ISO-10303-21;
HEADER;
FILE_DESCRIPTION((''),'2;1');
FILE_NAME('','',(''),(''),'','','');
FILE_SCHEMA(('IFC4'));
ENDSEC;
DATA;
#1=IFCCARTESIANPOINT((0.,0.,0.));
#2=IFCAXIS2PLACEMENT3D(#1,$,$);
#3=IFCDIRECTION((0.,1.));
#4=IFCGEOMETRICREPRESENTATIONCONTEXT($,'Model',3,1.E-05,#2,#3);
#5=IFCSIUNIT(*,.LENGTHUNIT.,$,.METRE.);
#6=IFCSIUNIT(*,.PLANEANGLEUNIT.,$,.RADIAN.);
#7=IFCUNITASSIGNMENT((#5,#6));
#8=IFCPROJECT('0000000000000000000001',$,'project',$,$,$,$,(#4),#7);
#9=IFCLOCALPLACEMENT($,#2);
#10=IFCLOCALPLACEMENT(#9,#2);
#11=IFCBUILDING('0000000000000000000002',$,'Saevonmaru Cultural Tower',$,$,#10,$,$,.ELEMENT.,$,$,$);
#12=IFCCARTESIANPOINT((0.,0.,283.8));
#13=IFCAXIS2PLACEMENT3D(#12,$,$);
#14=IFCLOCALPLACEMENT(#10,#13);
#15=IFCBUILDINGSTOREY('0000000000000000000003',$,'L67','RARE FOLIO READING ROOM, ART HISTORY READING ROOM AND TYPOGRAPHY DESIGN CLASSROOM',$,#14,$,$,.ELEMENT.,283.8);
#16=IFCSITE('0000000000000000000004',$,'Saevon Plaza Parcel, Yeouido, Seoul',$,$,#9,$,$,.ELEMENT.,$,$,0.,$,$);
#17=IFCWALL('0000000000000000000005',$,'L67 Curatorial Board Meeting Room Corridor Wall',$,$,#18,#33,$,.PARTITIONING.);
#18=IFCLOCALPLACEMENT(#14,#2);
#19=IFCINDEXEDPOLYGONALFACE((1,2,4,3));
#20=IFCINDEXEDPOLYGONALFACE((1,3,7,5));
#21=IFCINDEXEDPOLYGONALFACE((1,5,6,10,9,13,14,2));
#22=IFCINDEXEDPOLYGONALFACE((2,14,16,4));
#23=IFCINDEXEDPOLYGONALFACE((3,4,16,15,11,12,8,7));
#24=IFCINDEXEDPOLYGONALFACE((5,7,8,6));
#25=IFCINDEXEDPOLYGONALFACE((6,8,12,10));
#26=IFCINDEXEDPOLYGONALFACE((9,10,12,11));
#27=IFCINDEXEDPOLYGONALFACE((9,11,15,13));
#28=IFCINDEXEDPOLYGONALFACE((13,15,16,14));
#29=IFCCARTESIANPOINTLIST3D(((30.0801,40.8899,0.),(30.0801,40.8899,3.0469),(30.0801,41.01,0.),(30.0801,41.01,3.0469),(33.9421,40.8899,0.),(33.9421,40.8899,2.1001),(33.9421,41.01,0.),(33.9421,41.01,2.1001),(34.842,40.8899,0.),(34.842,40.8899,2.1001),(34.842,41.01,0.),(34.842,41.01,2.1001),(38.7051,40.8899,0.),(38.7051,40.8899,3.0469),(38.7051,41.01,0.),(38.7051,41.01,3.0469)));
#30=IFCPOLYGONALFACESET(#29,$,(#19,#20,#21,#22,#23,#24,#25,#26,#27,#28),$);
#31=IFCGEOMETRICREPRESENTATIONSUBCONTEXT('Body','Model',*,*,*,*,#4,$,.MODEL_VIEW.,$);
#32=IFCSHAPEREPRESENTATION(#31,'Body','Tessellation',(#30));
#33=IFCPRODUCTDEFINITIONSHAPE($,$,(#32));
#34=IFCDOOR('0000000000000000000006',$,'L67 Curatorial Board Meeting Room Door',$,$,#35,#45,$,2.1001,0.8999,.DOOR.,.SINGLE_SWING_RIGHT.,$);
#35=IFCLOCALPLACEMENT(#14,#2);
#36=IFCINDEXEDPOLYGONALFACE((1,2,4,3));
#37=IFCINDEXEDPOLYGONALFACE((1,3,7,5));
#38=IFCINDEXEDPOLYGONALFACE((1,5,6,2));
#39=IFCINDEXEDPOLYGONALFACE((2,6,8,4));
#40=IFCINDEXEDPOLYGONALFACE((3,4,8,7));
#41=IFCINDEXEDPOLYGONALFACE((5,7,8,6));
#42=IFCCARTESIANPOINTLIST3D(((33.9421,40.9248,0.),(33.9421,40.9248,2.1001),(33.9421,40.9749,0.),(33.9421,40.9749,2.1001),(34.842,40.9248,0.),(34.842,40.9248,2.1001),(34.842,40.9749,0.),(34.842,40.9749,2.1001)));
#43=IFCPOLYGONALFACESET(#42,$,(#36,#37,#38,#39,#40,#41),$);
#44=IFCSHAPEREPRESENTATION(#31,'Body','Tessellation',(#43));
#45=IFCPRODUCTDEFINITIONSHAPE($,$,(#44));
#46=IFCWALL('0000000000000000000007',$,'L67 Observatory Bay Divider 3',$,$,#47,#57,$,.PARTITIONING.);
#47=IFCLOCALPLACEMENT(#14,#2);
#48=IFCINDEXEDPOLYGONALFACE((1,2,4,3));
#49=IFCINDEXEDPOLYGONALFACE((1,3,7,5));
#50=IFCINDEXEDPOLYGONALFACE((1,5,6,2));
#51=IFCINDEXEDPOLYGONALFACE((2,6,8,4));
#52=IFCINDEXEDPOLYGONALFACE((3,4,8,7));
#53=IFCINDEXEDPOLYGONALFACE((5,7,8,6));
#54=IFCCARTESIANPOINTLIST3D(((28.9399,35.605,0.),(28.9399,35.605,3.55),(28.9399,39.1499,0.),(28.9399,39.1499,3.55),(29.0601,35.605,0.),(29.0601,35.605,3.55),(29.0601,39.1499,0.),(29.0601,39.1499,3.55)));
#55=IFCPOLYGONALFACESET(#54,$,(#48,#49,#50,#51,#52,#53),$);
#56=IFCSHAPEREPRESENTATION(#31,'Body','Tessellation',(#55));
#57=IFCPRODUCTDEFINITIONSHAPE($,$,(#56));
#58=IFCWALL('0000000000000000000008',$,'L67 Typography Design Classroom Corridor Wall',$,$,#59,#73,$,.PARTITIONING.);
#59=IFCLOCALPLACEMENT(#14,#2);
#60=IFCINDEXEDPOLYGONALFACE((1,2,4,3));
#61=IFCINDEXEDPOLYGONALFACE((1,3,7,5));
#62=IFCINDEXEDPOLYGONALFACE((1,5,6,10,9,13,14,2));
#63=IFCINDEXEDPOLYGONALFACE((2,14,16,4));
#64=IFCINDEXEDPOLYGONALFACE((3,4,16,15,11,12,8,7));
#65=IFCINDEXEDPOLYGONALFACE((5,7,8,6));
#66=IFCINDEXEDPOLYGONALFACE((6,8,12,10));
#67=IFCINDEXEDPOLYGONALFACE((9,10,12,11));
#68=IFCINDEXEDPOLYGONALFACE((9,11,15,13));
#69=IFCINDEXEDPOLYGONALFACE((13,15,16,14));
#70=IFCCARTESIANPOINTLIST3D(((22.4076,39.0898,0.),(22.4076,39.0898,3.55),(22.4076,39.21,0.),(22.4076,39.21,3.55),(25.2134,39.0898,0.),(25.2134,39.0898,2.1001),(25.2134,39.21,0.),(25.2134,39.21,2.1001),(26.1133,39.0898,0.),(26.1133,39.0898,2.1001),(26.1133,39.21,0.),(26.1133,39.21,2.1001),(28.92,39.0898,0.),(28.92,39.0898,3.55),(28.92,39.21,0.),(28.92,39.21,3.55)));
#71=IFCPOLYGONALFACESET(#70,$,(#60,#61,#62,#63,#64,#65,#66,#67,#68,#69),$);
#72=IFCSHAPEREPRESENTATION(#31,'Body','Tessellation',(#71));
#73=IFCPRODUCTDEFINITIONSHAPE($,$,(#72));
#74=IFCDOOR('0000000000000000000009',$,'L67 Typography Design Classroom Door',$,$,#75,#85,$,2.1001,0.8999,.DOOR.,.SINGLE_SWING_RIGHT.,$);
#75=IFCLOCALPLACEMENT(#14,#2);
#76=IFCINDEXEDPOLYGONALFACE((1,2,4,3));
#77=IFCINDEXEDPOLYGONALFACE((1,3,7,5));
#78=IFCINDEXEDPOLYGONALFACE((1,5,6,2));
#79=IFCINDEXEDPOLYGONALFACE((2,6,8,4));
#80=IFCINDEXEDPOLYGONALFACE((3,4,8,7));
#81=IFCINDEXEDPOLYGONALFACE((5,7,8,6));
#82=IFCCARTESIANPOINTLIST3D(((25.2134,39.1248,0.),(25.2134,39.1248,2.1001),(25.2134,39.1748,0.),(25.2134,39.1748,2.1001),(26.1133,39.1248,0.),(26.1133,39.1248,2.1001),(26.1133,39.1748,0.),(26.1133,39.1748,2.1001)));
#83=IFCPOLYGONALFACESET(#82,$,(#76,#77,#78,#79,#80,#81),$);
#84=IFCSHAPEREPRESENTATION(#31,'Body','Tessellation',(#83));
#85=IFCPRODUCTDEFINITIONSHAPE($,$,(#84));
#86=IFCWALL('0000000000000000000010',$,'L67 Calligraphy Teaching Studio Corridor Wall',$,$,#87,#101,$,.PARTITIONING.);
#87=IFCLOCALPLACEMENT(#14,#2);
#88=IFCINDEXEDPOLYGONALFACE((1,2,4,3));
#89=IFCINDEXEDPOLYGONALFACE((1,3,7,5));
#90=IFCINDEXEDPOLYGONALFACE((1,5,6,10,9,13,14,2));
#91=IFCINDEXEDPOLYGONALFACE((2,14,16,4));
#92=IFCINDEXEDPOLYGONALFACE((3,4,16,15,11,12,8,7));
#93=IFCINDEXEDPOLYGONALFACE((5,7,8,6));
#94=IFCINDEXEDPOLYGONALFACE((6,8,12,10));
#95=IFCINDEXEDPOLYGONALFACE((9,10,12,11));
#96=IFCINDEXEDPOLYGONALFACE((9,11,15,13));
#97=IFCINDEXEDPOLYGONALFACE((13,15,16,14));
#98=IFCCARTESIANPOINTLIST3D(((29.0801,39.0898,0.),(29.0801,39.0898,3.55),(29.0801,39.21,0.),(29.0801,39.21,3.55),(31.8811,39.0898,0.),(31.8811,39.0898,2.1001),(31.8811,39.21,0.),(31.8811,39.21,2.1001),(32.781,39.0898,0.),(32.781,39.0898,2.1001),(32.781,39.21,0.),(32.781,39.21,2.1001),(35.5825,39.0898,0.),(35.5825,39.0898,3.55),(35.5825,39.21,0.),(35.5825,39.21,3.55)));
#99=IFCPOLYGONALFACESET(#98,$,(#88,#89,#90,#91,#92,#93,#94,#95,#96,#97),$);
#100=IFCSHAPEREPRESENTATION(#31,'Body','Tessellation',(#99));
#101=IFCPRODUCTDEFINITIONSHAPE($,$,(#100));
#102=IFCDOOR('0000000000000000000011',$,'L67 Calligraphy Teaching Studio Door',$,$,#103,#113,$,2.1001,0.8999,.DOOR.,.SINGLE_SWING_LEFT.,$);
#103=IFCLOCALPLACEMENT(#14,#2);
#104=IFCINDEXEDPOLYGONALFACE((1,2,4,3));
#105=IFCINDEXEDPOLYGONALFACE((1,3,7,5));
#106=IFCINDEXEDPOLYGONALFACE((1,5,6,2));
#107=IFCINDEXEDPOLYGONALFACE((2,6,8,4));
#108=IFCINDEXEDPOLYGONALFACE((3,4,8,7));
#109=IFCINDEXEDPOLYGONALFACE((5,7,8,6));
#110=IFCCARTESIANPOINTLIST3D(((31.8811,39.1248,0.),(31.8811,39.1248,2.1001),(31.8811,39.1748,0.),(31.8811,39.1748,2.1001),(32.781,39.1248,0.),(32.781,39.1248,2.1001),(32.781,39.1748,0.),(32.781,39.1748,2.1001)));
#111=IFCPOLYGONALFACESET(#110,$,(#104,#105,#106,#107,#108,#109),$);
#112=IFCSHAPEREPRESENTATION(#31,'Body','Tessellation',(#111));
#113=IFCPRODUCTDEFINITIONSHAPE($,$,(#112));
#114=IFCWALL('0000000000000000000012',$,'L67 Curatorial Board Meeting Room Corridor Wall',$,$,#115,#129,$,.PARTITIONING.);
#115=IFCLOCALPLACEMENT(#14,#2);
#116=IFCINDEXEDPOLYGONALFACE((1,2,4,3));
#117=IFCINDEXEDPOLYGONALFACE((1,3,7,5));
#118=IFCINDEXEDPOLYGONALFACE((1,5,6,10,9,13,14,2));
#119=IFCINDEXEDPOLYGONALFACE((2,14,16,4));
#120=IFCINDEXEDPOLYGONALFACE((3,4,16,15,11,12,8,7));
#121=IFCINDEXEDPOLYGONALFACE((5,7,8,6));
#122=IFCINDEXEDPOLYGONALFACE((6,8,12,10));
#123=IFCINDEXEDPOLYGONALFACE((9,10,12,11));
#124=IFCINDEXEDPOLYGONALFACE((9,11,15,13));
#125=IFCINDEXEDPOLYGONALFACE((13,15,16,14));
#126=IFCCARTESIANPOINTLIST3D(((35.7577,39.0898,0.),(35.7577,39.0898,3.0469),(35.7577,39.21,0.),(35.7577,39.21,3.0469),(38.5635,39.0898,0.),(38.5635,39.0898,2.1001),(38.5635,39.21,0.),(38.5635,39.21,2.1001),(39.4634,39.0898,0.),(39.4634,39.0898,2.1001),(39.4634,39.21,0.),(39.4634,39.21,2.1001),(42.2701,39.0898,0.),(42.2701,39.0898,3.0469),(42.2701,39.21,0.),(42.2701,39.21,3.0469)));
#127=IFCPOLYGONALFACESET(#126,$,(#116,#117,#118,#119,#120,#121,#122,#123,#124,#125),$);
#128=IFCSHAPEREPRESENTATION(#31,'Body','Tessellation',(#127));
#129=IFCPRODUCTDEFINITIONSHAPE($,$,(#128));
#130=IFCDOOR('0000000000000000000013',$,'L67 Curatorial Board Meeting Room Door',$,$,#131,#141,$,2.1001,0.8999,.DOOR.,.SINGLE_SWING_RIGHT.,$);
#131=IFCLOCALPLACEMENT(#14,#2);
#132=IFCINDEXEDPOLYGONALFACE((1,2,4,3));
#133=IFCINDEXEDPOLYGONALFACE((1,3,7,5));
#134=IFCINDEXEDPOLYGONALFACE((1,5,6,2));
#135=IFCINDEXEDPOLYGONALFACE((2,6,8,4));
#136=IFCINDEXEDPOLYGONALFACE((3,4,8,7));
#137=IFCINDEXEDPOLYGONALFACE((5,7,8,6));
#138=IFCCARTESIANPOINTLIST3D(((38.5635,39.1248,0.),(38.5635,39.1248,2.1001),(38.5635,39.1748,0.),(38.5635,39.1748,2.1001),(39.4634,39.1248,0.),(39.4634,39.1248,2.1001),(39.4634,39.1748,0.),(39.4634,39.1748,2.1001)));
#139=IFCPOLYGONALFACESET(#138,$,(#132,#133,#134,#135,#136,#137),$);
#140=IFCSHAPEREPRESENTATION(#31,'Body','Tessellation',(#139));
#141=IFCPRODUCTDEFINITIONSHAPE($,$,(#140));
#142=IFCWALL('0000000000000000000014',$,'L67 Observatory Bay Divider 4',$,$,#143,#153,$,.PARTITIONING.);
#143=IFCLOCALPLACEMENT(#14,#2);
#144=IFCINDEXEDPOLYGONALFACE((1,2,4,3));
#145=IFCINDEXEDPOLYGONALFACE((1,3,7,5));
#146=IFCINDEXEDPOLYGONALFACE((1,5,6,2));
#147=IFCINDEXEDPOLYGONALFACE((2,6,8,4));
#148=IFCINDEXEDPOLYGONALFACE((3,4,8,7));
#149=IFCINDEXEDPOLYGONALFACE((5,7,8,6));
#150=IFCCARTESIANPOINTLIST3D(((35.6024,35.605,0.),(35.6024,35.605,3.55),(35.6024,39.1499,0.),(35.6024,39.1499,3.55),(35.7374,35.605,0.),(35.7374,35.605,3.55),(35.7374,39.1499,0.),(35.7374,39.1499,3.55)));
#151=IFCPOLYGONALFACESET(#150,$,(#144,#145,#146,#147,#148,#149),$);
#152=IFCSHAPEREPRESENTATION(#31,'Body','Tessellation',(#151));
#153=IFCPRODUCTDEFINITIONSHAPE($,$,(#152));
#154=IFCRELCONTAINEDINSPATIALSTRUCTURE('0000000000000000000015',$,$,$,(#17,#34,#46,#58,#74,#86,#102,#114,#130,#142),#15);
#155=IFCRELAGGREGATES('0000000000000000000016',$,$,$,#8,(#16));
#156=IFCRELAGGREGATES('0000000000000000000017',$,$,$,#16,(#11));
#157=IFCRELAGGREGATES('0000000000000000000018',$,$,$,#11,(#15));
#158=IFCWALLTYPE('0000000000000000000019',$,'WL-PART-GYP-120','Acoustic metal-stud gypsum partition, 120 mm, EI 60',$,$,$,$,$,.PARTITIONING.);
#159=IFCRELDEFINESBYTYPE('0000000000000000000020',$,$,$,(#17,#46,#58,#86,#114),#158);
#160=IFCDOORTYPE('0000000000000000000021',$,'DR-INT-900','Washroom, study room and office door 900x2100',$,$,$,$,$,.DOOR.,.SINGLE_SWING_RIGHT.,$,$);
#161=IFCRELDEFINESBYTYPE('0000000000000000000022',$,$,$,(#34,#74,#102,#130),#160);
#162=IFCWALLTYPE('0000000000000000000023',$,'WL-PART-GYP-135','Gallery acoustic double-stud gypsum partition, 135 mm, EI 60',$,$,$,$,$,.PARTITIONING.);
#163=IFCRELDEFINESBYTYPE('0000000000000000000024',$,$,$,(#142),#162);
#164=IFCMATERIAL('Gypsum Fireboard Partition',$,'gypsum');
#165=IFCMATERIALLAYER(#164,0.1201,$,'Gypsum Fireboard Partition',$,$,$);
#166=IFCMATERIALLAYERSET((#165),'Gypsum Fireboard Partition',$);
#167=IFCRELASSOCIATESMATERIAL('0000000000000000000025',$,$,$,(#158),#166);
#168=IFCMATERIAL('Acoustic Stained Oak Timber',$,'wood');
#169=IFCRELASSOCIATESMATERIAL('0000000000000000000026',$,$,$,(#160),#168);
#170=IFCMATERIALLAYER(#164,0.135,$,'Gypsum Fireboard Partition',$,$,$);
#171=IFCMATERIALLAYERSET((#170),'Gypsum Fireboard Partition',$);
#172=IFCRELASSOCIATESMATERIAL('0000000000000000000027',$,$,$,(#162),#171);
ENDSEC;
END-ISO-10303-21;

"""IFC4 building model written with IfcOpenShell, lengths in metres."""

from ifc_helpers import new_model, si_unit, direction, frame, frame_2d, origin, place, context, subcontext, project, spatial, rectangle, extrude, material, layer, layer_set, type_object, element, fill, save


model = new_model("IFC4")

# Units and contexts
model_context = context("Model", 3, precision=1e-05, world=origin(), true_north=direction((0.0, 1.0)))
body_context = subcontext(model_context, "Body", "Model", "MODEL_VIEW")
ifc_project = project(units=[si_unit("LENGTHUNIT", "METRE"), si_unit("PLANEANGLEUNIT", "RADIAN")], contexts=[model_context])

# Site, building, storey
site_placement = place(None, origin())
site = spatial("IfcSite", under=ifc_project, at=site_placement, Name="Saevon Plaza Parcel, Yeouido, Seoul", CompositionType="ELEMENT", RefElevation=0.0)
building_placement = place(site_placement, origin())
building = spatial("IfcBuilding", under=site, at=building_placement, Name="Saevonmaru Cultural Tower", CompositionType="ELEMENT")
storey_placement = place(building_placement, frame((0.0, 0.0, 283.8)))
storey = spatial("IfcBuildingStorey", under=building, at=storey_placement, Name="L67", Description="RARE FOLIO READING ROOM, ART HISTORY READING ROOM AND TYPOGRAPHY DESIGN CLASSROOM", CompositionType="ELEMENT", Elevation=283.8)

# Shared definitions
ifc_material_1 = material(Name="Gypsum Fireboard Partition", Category="gypsum")
ifc_layer_1 = layer(ifc_material_1, 0.1201, Name="Gypsum Fireboard Partition")
ifc_layer_set_1 = layer_set([ifc_layer_1], Name="Gypsum Fireboard Partition")
wall_type_1 = type_object("IfcWallType", Name="WL-PART-GYP-120", Description="Acoustic metal-stud gypsum partition, 120 mm, EI 60", PredefinedType="PARTITIONING", material=ifc_layer_set_1)

# Wall, opening, door
wall_1_placement = place(storey_placement, frame((30.0801, 40.95, 0.0), z_axis=(0.0, 0.0, 1.0), x_axis=(1.0, 0.0, 0.0)))
wall_1 = element("IfcWall", 1, at=wall_1_placement, inside=storey, type_object=wall_type_1, Name="L67 Curatorial Board Meeting Room Corridor Wall", PredefinedType="PARTITIONING", context=body_context, shape_type="SweptSolid", body=[
    extrude(rectangle(XDim=8.625, YDim=0.1201, at=frame_2d((4.3125, 0.0))), origin(), (0.0, 0.0, 1.0), 3.0469),
])
opening_1_placement = place(wall_1_placement, frame((3.8621, 0.0, 0.0)))
opening_1 = element("IfcOpeningElement", 2, at=opening_1_placement, cuts=wall_1, PredefinedType="OPENING", context=body_context, shape_type="SweptSolid", body=[
    extrude(rectangle(XDim=0.8999, YDim=2.1001, at=frame_2d((0.45, 1.05))), frame((0.0, 0.0701, 0.0), z_axis=(0.0, -1.0, 0.0), x_axis=(1.0, 0.0, 0.0)), (0.0, 0.0, 1.0), 0.1401),
])
ifc_material_2 = material(Name="Acoustic Stained Oak Timber", Category="wood")
door_type = type_object("IfcDoorType", Name="DR-INT-900", Description="Washroom, study room and office door 900x2100", OperationType="SINGLE_SWING_RIGHT", PredefinedType="DOOR", material=ifc_material_2)
door_1_placement = place(opening_1_placement, origin())
door_1 = element("IfcDoor", 3, at=door_1_placement, inside=storey, type_object=door_type, Name="L67 Curatorial Board Meeting Room Door", OperationType="SINGLE_SWING_RIGHT", OverallHeight=2.1001, OverallWidth=0.8999, PredefinedType="DOOR", context=body_context, shape_type="SweptSolid", body=[
    extrude(rectangle(XDim=0.8999, YDim=2.1001, at=frame_2d((0.45, 1.05))), frame((0.0, 0.0249, 0.0), z_axis=(0.0, -1.0, 0.0), x_axis=(1.0, 0.0, 0.0)), (0.0, 0.0, 1.0), 0.05),
])
fill(opening_1, door_1)

# Wall
wall_2_placement = place(storey_placement, frame((29.0, 35.605, 0.0), z_axis=(0.0, 0.0, 1.0), x_axis=(0.0, 1.0, 0.0)))
element("IfcWall", 4, at=wall_2_placement, inside=storey, type_object=wall_type_1, Name="L67 Observatory Bay Divider 3", PredefinedType="PARTITIONING", context=body_context, shape_type="SweptSolid", body=[
    extrude(rectangle(XDim=3.5449, YDim=0.1201, at=frame_2d((1.7725, 0.0))), origin(), (0.0, 0.0, 1.0), 3.55),
])

# Walls, openings, doors
wall_3_placement = place(storey_placement, frame((22.4075, 39.1499, 0.0), z_axis=(0.0, 0.0, 1.0), x_axis=(1.0, 0.0, 0.0)))
wall_3 = element("IfcWall", 5, at=wall_3_placement, inside=storey, type_object=wall_type_1, Name="L67 Typography Design Classroom Corridor Wall", PredefinedType="PARTITIONING", context=body_context, shape_type="SweptSolid", body=[
    extrude(rectangle(XDim=6.5125, YDim=0.1201, at=frame_2d((3.2563, 0.0))), origin(), (0.0, 0.0, 1.0), 3.55),
])
opening_2_placement = place(wall_3_placement, frame((2.8059, 0.0, 0.0)))
opening_2 = element("IfcOpeningElement", 6, at=opening_2_placement, cuts=wall_3, PredefinedType="OPENING", context=body_context, shape_type="SweptSolid", body=[
    extrude(rectangle(XDim=0.8999, YDim=2.1001, at=frame_2d((0.45, 1.05))), frame((0.0, 0.0701, 0.0), z_axis=(0.0, -1.0, 0.0), x_axis=(1.0, 0.0, 0.0)), (0.0, 0.0, 1.0), 0.1401),
])
door_2_placement = place(opening_2_placement, origin())
door_2 = element("IfcDoor", 7, at=door_2_placement, inside=storey, type_object=door_type, Name="L67 Typography Design Classroom Door", OperationType="SINGLE_SWING_RIGHT", OverallHeight=2.1001, OverallWidth=0.8999, PredefinedType="DOOR", context=body_context, shape_type="SweptSolid", body=[
    extrude(rectangle(XDim=0.8999, YDim=2.1001, at=frame_2d((0.45, 1.05))), frame((0.0, 0.0249, 0.0), z_axis=(0.0, -1.0, 0.0), x_axis=(1.0, 0.0, 0.0)), (0.0, 0.0, 1.0), 0.05),
])
fill(opening_2, door_2)
wall_4_placement = place(storey_placement, frame((29.0801, 39.1499, 0.0), z_axis=(0.0, 0.0, 1.0), x_axis=(1.0, 0.0, 0.0)))
wall_4 = element("IfcWall", 8, at=wall_4_placement, inside=storey, type_object=wall_type_1, Name="L67 Calligraphy Teaching Studio Corridor Wall", PredefinedType="PARTITIONING", context=body_context, shape_type="SweptSolid", body=[
    extrude(rectangle(XDim=6.5024, YDim=0.1201, at=frame_2d((3.2512, 0.0))), origin(), (0.0, 0.0, 1.0), 3.55),
])
opening_3_placement = place(wall_4_placement, frame((2.801, 0.0, 0.0)))
opening_3 = element("IfcOpeningElement", 9, at=opening_3_placement, cuts=wall_4, PredefinedType="OPENING", context=body_context, shape_type="SweptSolid", body=[
    extrude(rectangle(XDim=0.8999, YDim=2.1001, at=frame_2d((0.45, 1.05))), frame((0.0, 0.0701, 0.0), z_axis=(0.0, -1.0, 0.0), x_axis=(1.0, 0.0, 0.0)), (0.0, 0.0, 1.0), 0.1401),
])
door_3_placement = place(opening_3_placement, origin())
door_3 = element("IfcDoor", 10, at=door_3_placement, inside=storey, type_object=door_type, Name="L67 Calligraphy Teaching Studio Door", OperationType="SINGLE_SWING_LEFT", OverallHeight=2.1001, OverallWidth=0.8999, PredefinedType="DOOR", context=body_context, shape_type="SweptSolid", body=[
    extrude(rectangle(XDim=0.8999, YDim=2.1001, at=frame_2d((0.45, 1.05))), frame((0.0, 0.0249, 0.0), z_axis=(0.0, -1.0, 0.0), x_axis=(1.0, 0.0, 0.0)), (0.0, 0.0, 1.0), 0.05),
])
fill(opening_3, door_3)
wall_5_placement = place(storey_placement, frame((35.7576, 39.1499, 0.0), z_axis=(0.0, 0.0, 1.0), x_axis=(1.0, 0.0, 0.0)))
wall_5 = element("IfcWall", 11, at=wall_5_placement, inside=storey, type_object=wall_type_1, Name="L67 Curatorial Board Meeting Room Corridor Wall", PredefinedType="PARTITIONING", context=body_context, shape_type="SweptSolid", body=[
    extrude(rectangle(XDim=6.5125, YDim=0.1201, at=frame_2d((3.2563, 0.0))), origin(), (0.0, 0.0, 1.0), 3.0469),
])
opening_4_placement = place(wall_5_placement, frame((2.8059, 0.0, 0.0)))
opening_4 = element("IfcOpeningElement", 12, at=opening_4_placement, cuts=wall_5, PredefinedType="OPENING", context=body_context, shape_type="SweptSolid", body=[
    extrude(rectangle(XDim=0.8999, YDim=2.1001, at=frame_2d((0.45, 1.05))), frame((0.0, 0.0701, 0.0), z_axis=(0.0, -1.0, 0.0), x_axis=(1.0, 0.0, 0.0)), (0.0, 0.0, 1.0), 0.1401),
])
door_4_placement = place(opening_4_placement, origin())
door_4 = element("IfcDoor", 13, at=door_4_placement, inside=storey, type_object=door_type, Name="L67 Curatorial Board Meeting Room Door", OperationType="SINGLE_SWING_RIGHT", OverallHeight=2.1001, OverallWidth=0.8999, PredefinedType="DOOR", context=body_context, shape_type="SweptSolid", body=[
    extrude(rectangle(XDim=0.8999, YDim=2.1001, at=frame_2d((0.45, 1.05))), frame((0.0, 0.0249, 0.0), z_axis=(0.0, -1.0, 0.0), x_axis=(1.0, 0.0, 0.0)), (0.0, 0.0, 1.0), 0.05),
])
fill(opening_4, door_4)

# Wall
ifc_layer_2 = layer(ifc_material_1, 0.135, Name="Gypsum Fireboard Partition")
ifc_layer_set_2 = layer_set([ifc_layer_2], Name="Gypsum Fireboard Partition")
wall_type_2 = type_object("IfcWallType", Name="WL-PART-GYP-135", Description="Gallery acoustic double-stud gypsum partition, 135 mm, EI 60", PredefinedType="PARTITIONING", material=ifc_layer_set_2)
wall_6_placement = place(storey_placement, frame((35.6699, 35.605, 0.0), z_axis=(0.0, 0.0, 1.0), x_axis=(0.0, 1.0, 0.0)))
element("IfcWall", 14, at=wall_6_placement, inside=storey, type_object=wall_type_2, Name="L67 Observatory Bay Divider 4", PredefinedType="PARTITIONING", context=body_context, shape_type="SweptSolid", body=[
    extrude(rectangle(XDim=3.5449, YDim=0.135, at=frame_2d((1.7725, 0.0))), origin(), (0.0, 0.0, 1.0), 3.55),
])

save(model, "model.ifc")
